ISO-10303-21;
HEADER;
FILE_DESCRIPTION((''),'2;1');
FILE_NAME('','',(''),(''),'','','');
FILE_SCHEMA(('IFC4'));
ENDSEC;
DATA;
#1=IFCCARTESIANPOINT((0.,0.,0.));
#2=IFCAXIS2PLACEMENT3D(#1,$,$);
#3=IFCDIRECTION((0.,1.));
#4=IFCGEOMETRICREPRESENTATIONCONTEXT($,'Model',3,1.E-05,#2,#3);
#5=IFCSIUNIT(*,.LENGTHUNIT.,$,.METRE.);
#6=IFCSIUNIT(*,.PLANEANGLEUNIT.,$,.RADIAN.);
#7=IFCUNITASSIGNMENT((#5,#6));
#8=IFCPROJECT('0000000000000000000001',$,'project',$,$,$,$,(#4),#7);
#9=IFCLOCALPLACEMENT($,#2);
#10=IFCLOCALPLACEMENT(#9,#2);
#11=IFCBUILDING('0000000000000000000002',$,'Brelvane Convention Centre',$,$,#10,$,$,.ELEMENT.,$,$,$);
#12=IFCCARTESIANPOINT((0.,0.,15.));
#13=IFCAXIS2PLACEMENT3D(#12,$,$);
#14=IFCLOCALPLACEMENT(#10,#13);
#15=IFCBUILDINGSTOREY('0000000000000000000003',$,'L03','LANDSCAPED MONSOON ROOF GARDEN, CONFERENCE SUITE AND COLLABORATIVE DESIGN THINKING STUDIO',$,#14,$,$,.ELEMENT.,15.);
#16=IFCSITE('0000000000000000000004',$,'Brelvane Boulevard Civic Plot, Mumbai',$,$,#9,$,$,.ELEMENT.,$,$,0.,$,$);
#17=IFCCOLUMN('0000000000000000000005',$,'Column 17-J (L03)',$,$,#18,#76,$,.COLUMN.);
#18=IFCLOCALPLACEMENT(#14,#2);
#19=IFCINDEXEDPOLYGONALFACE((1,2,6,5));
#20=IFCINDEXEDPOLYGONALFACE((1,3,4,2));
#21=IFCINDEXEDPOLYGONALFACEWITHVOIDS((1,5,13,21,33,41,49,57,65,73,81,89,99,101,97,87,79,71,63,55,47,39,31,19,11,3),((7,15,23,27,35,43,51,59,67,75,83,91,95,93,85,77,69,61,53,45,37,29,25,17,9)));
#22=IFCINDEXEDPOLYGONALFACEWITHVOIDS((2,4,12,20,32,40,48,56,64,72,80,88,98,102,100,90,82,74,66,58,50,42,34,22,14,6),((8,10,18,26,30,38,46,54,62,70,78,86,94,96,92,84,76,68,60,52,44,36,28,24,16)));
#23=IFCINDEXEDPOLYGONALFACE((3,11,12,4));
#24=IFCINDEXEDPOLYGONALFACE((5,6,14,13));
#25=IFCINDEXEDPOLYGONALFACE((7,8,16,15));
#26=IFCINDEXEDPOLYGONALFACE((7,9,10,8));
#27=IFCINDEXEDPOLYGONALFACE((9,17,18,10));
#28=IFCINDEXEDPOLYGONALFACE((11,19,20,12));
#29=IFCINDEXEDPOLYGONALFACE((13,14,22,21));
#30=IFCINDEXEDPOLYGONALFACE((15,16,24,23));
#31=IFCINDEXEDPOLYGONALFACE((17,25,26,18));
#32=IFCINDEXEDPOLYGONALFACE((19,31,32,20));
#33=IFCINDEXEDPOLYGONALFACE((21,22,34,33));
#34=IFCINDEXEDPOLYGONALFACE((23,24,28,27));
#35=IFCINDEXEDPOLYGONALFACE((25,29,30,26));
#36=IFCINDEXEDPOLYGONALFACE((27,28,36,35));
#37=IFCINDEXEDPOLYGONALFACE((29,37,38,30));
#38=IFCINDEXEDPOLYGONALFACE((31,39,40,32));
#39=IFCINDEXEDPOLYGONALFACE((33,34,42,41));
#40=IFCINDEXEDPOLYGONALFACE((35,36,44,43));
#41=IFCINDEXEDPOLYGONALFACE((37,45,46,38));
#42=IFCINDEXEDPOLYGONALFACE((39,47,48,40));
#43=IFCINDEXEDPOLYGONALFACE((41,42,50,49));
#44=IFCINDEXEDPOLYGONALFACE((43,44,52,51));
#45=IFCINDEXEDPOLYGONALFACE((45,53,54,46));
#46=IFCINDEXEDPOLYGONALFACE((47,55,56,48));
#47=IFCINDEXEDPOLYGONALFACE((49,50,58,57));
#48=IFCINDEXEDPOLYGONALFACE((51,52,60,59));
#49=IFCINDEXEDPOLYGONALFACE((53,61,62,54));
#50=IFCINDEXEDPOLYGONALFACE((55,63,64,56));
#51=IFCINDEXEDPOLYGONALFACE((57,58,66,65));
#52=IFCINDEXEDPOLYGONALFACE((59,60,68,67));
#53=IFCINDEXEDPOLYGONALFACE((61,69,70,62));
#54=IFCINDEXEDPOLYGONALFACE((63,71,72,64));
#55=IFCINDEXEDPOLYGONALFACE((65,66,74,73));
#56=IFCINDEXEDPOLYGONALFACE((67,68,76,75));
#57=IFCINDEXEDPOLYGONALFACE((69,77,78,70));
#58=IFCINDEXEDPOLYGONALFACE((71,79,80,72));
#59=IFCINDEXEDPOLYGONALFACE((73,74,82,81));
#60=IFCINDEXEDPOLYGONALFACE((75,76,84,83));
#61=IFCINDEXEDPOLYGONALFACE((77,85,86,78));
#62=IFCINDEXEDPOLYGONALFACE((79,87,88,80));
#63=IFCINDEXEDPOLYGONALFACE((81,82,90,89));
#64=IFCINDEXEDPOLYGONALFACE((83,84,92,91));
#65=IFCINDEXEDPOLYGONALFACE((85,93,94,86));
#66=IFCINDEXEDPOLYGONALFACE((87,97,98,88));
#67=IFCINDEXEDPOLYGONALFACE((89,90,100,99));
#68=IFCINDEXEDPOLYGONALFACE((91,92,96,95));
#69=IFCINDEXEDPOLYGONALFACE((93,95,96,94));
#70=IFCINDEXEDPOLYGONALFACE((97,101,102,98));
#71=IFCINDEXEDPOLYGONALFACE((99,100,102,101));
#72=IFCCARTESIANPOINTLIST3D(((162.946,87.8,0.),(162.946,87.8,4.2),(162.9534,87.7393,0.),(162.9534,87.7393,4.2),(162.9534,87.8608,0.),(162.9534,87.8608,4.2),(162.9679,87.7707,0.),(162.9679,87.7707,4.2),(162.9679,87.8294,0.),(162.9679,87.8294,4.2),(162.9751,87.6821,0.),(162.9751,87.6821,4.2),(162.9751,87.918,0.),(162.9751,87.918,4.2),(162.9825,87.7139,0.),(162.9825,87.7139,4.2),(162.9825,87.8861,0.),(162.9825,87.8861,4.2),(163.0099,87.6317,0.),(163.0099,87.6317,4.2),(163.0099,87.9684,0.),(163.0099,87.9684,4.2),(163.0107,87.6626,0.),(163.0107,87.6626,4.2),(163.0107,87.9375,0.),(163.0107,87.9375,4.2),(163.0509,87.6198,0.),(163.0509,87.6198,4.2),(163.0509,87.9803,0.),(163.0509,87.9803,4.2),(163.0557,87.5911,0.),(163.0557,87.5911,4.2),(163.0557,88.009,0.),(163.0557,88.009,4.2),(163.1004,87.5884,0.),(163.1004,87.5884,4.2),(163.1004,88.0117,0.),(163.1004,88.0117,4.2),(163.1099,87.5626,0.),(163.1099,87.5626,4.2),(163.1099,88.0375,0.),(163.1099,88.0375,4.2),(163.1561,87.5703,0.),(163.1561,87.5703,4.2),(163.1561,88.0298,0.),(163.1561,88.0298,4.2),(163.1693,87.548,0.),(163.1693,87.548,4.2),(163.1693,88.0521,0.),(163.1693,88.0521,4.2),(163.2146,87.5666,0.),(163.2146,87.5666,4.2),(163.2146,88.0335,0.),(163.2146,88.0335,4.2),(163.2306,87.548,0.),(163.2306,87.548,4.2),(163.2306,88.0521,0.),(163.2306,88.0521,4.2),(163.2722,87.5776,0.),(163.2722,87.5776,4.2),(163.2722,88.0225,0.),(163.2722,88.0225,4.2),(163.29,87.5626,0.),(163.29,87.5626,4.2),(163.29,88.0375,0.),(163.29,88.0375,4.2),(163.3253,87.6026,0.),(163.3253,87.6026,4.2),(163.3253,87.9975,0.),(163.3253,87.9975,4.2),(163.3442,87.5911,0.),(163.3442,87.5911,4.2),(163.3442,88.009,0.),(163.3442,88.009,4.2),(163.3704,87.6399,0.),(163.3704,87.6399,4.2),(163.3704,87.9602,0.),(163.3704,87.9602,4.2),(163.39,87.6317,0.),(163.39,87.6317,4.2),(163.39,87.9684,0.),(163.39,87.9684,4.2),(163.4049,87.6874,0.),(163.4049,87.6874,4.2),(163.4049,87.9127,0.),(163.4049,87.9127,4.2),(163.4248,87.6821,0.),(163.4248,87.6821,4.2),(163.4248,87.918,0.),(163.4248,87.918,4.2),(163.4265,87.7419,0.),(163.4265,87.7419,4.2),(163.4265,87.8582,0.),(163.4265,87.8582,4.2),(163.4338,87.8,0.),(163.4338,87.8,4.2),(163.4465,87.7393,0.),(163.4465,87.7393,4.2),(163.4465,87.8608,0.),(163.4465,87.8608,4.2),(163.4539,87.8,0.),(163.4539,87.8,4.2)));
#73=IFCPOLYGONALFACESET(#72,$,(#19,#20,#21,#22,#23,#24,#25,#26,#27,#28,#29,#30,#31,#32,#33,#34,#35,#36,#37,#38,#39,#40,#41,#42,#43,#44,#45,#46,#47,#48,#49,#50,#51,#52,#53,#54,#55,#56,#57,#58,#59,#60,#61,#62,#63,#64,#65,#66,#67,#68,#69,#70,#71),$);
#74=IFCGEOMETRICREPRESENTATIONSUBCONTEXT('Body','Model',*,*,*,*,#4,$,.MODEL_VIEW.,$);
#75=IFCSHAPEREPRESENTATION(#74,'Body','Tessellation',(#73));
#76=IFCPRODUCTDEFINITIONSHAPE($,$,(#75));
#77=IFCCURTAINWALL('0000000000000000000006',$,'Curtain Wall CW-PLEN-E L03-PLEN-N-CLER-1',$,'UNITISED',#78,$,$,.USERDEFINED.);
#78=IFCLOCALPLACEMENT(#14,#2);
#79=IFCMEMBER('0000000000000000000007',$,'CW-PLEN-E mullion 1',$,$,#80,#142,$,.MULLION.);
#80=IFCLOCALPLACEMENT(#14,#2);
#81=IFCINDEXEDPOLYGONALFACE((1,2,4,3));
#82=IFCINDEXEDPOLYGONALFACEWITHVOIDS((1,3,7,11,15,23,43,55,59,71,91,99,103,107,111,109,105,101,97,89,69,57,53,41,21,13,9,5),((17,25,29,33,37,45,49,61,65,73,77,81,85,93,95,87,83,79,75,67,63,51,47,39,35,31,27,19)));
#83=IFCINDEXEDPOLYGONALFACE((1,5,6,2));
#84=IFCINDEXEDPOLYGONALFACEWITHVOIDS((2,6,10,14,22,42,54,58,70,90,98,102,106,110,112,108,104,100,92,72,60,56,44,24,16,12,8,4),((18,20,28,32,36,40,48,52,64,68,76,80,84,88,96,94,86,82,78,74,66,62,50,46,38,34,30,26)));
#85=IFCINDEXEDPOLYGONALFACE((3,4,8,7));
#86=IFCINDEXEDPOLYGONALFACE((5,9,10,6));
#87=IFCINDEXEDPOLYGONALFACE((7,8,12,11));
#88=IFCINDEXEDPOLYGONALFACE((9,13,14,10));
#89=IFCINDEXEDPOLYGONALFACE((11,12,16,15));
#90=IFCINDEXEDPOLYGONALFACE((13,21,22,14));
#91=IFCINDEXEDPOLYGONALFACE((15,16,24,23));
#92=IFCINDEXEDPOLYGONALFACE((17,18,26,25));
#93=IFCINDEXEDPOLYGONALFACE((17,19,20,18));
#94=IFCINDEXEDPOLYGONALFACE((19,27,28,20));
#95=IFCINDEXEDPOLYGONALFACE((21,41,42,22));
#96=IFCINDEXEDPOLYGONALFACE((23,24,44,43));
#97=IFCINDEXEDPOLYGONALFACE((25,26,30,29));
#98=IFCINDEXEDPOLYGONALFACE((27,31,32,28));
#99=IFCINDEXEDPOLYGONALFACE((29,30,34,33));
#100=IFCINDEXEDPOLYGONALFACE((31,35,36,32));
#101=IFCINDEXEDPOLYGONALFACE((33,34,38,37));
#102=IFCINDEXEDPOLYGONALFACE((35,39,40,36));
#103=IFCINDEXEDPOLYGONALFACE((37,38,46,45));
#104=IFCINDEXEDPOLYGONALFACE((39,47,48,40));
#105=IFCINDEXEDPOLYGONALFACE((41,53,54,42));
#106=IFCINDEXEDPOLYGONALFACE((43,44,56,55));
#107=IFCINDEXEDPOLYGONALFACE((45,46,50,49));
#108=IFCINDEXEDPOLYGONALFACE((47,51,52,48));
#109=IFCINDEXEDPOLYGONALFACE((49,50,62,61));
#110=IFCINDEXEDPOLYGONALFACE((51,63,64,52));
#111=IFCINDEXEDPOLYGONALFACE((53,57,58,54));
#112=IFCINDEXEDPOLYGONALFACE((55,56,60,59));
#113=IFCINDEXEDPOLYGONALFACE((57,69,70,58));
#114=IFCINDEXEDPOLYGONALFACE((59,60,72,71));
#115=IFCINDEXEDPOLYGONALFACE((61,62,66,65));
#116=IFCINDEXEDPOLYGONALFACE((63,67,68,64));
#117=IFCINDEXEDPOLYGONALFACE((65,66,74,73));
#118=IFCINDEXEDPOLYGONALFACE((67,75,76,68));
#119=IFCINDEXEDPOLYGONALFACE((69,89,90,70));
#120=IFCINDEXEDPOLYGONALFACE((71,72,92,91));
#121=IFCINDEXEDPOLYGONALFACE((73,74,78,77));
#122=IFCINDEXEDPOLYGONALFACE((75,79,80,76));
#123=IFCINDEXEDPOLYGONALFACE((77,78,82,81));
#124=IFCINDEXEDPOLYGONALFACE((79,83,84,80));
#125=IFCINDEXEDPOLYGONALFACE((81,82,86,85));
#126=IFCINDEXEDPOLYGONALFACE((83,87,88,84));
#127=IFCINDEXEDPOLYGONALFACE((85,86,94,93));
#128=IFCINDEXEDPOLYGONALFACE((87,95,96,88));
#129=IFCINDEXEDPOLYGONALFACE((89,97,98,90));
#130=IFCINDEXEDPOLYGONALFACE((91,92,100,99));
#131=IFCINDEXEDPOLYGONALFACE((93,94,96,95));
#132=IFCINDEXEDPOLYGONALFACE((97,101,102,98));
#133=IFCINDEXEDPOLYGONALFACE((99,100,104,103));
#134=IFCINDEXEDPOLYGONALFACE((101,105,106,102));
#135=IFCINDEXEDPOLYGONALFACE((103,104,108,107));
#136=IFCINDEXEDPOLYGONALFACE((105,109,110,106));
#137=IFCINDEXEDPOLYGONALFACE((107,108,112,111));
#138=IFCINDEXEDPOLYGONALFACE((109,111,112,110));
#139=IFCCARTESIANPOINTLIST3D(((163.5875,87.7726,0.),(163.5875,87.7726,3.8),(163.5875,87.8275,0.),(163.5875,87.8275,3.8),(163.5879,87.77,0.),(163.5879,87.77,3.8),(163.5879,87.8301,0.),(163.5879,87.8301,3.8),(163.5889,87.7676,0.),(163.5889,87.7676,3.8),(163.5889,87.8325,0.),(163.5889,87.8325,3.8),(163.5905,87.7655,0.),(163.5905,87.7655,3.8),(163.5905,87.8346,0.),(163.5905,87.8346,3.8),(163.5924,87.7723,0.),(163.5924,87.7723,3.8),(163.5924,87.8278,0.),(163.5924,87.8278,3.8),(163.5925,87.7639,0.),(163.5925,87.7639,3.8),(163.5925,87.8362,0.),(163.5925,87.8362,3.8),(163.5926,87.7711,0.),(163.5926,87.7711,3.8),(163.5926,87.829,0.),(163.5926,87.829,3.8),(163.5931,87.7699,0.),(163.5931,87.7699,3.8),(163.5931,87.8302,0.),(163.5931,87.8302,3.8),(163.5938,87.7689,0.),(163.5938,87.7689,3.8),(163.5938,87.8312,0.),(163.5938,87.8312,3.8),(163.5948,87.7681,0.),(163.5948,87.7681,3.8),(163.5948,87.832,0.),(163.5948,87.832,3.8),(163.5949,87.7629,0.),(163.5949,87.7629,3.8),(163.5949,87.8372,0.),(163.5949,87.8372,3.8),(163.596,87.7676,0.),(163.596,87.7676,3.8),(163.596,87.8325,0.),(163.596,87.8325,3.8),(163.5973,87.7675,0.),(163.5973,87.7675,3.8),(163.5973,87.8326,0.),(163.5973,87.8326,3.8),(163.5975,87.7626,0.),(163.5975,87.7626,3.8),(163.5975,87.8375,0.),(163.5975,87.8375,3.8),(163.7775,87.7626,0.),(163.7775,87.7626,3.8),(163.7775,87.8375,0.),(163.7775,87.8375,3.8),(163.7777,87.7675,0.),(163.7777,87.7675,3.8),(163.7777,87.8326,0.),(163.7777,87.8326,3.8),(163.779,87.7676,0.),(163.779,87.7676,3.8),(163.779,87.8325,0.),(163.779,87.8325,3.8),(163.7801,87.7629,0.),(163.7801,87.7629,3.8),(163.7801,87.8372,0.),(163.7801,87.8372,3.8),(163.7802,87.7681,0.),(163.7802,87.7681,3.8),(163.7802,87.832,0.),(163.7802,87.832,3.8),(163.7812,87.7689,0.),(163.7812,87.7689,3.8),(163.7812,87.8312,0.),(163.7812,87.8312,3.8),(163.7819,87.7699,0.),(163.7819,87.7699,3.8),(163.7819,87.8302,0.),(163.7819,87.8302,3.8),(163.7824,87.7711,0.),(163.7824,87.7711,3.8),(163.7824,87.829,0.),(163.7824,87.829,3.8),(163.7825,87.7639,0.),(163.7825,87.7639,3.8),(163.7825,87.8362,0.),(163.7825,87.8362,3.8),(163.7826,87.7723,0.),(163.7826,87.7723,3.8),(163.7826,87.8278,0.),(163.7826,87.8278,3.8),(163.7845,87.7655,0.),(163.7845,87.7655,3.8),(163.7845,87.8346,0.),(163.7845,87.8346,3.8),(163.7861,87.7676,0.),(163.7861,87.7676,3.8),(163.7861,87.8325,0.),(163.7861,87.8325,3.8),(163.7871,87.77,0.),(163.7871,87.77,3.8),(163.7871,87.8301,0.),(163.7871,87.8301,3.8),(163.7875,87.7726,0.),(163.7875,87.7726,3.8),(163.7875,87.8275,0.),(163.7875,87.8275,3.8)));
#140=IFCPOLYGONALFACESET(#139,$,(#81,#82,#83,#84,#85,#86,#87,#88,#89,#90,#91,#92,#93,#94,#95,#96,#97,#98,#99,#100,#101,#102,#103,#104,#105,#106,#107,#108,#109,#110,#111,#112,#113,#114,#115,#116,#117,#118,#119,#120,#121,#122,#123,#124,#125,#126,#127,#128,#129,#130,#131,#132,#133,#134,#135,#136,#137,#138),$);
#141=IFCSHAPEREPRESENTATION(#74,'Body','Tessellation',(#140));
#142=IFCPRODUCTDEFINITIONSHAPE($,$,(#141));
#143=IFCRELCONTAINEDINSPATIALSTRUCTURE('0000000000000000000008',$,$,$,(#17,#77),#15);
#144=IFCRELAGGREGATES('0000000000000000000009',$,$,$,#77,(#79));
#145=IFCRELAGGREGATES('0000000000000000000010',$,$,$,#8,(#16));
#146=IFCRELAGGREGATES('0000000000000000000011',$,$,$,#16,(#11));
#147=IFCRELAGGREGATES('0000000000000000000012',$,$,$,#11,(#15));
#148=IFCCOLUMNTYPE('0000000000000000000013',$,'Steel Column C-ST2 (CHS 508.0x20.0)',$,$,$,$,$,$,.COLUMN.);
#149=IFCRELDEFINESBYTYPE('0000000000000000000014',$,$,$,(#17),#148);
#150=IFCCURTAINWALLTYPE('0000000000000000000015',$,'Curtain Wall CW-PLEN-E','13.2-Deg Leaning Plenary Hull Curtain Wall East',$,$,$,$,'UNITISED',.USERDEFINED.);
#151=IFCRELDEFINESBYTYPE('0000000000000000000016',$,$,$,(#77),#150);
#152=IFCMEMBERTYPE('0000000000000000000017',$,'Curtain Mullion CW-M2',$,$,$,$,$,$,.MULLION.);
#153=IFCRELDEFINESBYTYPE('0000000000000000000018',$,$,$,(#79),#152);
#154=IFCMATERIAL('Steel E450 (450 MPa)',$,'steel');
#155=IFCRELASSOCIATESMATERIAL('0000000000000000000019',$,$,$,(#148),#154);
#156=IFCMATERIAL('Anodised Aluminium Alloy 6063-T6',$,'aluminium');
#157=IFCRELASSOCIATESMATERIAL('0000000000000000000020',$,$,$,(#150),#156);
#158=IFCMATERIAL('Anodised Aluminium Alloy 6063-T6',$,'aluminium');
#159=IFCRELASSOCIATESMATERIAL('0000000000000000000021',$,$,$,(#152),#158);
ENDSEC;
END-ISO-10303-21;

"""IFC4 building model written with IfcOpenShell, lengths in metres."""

from ifc_helpers import new_model, si_unit, direction, frame, origin, origin_2d, place, context, subcontext, project, spatial, hollow_rectangle, hollow_circle, extrude, material, material_profile, profile_set, type_object, element, aggregate, save


model = new_model("IFC4")

# Units and contexts
model_context = context("Model", 3, precision=1e-05, world=origin(), true_north=direction((0.0, 1.0)))
body_context = subcontext(model_context, "Body", "Model", "MODEL_VIEW")
ifc_project = project(units=[si_unit("LENGTHUNIT", "METRE"), si_unit("PLANEANGLEUNIT", "RADIAN")], contexts=[model_context])

# Site, building, storey
site_placement = place(None, origin())
site = spatial("IfcSite", under=ifc_project, at=site_placement, Name="Brelvane Boulevard Civic Plot, Mumbai", CompositionType="ELEMENT", RefElevation=0.0)
building_placement = place(site_placement, origin())
building = spatial("IfcBuilding", under=site, at=building_placement, Name="Brelvane Convention Centre", CompositionType="ELEMENT")
storey_placement = place(building_placement, frame((0.0, 0.0, 15.0)))
storey = spatial("IfcBuildingStorey", under=building, at=storey_placement, Name="L03", Description="LANDSCAPED MONSOON ROOF GARDEN, CONFERENCE SUITE AND COLLABORATIVE DESIGN THINKING STUDIO", CompositionType="ELEMENT", Elevation=15.0)

# Column
ifc_material_1 = material(Name="Steel E450 (450 MPa)", Category="steel")
ifc_material_profile_1 = material_profile(ifc_material_1, hollow_circle(Radius=0.2539, WallThickness=0.02, at=origin_2d()), Name="CHS 508.0x20.0")
ifc_profile_set_1 = profile_set([ifc_material_profile_1], Name="Steel E450 (450 MPa)")
column_type = type_object("IfcColumnType", Name="Steel Column C-ST2 (CHS 508.0x20.0)", PredefinedType="COLUMN", material=ifc_profile_set_1)
column_placement = place(storey_placement, frame((163.2, 87.8, 0.0), z_axis=(0.0, 0.0, 1.0), x_axis=(1.0, 0.0, 0.0)))
element("IfcColumn", 1, at=column_placement, inside=storey, type_object=column_type, Name="Column 17-J (L03)", PredefinedType="COLUMN", context=body_context, shape_type="SweptSolid", body=[
    extrude(hollow_circle(Radius=0.2539, WallThickness=0.02, at=origin_2d()), origin(), (0.0, 0.0, 1.0), 4.2),
])

# Curtain wall, member
ifc_material_2 = material(Name="Anodised Aluminium Alloy 6063-T6", Category="aluminium")
curtain_wall_type = type_object("IfcCurtainWallType", Name="Curtain Wall CW-PLEN-E", Description="13.2-Deg Leaning Plenary Hull Curtain Wall East", ElementType="UNITISED", PredefinedType="USERDEFINED", material=ifc_material_2)
curtain_wall_placement = place(storey_placement, origin())
curtain_wall = element("IfcCurtainWall", 2, at=curtain_wall_placement, inside=storey, type_object=curtain_wall_type, Name="Curtain Wall CW-PLEN-E L03-PLEN-N-CLER-1", ObjectType="UNITISED", PredefinedType="USERDEFINED")
ifc_material_3 = material(Name="Anodised Aluminium Alloy 6063-T6", Category="aluminium")
ifc_material_profile_2 = material_profile(ifc_material_3, hollow_rectangle(XDim=0.075, YDim=0.2, WallThickness=0.0049, InnerFilletRadius=0.0049, OuterFilletRadius=0.01, at=origin_2d()), Name="ALU-M 200x75x5.0")
ifc_profile_set_2 = profile_set([ifc_material_profile_2], Name="Anodised Aluminium Alloy 6063-T6")
member_type_1 = type_object("IfcMemberType", Name="Curtain Mullion CW-M2", PredefinedType="MULLION", material=ifc_profile_set_2)
member_1_placement = place(storey_placement, frame((163.6875, 87.8, 0.0), z_axis=(0.0, 0.0, 1.0), x_axis=(0.0, 1.0, 0.0)))
member_1 = element("IfcMember", 3, at=member_1_placement, type_object=member_type_1, Name="CW-PLEN-E mullion 1", PredefinedType="MULLION", context=body_context, shape_type="SweptSolid", body=[
    extrude(hollow_rectangle(XDim=0.075, YDim=0.2, WallThickness=0.0049, InnerFilletRadius=0.0049, OuterFilletRadius=0.01, at=origin_2d()), origin(), (0.0, 0.0, 1.0), 3.8),
])

aggregate(curtain_wall, [member_1])

save(model, "model.ifc")
